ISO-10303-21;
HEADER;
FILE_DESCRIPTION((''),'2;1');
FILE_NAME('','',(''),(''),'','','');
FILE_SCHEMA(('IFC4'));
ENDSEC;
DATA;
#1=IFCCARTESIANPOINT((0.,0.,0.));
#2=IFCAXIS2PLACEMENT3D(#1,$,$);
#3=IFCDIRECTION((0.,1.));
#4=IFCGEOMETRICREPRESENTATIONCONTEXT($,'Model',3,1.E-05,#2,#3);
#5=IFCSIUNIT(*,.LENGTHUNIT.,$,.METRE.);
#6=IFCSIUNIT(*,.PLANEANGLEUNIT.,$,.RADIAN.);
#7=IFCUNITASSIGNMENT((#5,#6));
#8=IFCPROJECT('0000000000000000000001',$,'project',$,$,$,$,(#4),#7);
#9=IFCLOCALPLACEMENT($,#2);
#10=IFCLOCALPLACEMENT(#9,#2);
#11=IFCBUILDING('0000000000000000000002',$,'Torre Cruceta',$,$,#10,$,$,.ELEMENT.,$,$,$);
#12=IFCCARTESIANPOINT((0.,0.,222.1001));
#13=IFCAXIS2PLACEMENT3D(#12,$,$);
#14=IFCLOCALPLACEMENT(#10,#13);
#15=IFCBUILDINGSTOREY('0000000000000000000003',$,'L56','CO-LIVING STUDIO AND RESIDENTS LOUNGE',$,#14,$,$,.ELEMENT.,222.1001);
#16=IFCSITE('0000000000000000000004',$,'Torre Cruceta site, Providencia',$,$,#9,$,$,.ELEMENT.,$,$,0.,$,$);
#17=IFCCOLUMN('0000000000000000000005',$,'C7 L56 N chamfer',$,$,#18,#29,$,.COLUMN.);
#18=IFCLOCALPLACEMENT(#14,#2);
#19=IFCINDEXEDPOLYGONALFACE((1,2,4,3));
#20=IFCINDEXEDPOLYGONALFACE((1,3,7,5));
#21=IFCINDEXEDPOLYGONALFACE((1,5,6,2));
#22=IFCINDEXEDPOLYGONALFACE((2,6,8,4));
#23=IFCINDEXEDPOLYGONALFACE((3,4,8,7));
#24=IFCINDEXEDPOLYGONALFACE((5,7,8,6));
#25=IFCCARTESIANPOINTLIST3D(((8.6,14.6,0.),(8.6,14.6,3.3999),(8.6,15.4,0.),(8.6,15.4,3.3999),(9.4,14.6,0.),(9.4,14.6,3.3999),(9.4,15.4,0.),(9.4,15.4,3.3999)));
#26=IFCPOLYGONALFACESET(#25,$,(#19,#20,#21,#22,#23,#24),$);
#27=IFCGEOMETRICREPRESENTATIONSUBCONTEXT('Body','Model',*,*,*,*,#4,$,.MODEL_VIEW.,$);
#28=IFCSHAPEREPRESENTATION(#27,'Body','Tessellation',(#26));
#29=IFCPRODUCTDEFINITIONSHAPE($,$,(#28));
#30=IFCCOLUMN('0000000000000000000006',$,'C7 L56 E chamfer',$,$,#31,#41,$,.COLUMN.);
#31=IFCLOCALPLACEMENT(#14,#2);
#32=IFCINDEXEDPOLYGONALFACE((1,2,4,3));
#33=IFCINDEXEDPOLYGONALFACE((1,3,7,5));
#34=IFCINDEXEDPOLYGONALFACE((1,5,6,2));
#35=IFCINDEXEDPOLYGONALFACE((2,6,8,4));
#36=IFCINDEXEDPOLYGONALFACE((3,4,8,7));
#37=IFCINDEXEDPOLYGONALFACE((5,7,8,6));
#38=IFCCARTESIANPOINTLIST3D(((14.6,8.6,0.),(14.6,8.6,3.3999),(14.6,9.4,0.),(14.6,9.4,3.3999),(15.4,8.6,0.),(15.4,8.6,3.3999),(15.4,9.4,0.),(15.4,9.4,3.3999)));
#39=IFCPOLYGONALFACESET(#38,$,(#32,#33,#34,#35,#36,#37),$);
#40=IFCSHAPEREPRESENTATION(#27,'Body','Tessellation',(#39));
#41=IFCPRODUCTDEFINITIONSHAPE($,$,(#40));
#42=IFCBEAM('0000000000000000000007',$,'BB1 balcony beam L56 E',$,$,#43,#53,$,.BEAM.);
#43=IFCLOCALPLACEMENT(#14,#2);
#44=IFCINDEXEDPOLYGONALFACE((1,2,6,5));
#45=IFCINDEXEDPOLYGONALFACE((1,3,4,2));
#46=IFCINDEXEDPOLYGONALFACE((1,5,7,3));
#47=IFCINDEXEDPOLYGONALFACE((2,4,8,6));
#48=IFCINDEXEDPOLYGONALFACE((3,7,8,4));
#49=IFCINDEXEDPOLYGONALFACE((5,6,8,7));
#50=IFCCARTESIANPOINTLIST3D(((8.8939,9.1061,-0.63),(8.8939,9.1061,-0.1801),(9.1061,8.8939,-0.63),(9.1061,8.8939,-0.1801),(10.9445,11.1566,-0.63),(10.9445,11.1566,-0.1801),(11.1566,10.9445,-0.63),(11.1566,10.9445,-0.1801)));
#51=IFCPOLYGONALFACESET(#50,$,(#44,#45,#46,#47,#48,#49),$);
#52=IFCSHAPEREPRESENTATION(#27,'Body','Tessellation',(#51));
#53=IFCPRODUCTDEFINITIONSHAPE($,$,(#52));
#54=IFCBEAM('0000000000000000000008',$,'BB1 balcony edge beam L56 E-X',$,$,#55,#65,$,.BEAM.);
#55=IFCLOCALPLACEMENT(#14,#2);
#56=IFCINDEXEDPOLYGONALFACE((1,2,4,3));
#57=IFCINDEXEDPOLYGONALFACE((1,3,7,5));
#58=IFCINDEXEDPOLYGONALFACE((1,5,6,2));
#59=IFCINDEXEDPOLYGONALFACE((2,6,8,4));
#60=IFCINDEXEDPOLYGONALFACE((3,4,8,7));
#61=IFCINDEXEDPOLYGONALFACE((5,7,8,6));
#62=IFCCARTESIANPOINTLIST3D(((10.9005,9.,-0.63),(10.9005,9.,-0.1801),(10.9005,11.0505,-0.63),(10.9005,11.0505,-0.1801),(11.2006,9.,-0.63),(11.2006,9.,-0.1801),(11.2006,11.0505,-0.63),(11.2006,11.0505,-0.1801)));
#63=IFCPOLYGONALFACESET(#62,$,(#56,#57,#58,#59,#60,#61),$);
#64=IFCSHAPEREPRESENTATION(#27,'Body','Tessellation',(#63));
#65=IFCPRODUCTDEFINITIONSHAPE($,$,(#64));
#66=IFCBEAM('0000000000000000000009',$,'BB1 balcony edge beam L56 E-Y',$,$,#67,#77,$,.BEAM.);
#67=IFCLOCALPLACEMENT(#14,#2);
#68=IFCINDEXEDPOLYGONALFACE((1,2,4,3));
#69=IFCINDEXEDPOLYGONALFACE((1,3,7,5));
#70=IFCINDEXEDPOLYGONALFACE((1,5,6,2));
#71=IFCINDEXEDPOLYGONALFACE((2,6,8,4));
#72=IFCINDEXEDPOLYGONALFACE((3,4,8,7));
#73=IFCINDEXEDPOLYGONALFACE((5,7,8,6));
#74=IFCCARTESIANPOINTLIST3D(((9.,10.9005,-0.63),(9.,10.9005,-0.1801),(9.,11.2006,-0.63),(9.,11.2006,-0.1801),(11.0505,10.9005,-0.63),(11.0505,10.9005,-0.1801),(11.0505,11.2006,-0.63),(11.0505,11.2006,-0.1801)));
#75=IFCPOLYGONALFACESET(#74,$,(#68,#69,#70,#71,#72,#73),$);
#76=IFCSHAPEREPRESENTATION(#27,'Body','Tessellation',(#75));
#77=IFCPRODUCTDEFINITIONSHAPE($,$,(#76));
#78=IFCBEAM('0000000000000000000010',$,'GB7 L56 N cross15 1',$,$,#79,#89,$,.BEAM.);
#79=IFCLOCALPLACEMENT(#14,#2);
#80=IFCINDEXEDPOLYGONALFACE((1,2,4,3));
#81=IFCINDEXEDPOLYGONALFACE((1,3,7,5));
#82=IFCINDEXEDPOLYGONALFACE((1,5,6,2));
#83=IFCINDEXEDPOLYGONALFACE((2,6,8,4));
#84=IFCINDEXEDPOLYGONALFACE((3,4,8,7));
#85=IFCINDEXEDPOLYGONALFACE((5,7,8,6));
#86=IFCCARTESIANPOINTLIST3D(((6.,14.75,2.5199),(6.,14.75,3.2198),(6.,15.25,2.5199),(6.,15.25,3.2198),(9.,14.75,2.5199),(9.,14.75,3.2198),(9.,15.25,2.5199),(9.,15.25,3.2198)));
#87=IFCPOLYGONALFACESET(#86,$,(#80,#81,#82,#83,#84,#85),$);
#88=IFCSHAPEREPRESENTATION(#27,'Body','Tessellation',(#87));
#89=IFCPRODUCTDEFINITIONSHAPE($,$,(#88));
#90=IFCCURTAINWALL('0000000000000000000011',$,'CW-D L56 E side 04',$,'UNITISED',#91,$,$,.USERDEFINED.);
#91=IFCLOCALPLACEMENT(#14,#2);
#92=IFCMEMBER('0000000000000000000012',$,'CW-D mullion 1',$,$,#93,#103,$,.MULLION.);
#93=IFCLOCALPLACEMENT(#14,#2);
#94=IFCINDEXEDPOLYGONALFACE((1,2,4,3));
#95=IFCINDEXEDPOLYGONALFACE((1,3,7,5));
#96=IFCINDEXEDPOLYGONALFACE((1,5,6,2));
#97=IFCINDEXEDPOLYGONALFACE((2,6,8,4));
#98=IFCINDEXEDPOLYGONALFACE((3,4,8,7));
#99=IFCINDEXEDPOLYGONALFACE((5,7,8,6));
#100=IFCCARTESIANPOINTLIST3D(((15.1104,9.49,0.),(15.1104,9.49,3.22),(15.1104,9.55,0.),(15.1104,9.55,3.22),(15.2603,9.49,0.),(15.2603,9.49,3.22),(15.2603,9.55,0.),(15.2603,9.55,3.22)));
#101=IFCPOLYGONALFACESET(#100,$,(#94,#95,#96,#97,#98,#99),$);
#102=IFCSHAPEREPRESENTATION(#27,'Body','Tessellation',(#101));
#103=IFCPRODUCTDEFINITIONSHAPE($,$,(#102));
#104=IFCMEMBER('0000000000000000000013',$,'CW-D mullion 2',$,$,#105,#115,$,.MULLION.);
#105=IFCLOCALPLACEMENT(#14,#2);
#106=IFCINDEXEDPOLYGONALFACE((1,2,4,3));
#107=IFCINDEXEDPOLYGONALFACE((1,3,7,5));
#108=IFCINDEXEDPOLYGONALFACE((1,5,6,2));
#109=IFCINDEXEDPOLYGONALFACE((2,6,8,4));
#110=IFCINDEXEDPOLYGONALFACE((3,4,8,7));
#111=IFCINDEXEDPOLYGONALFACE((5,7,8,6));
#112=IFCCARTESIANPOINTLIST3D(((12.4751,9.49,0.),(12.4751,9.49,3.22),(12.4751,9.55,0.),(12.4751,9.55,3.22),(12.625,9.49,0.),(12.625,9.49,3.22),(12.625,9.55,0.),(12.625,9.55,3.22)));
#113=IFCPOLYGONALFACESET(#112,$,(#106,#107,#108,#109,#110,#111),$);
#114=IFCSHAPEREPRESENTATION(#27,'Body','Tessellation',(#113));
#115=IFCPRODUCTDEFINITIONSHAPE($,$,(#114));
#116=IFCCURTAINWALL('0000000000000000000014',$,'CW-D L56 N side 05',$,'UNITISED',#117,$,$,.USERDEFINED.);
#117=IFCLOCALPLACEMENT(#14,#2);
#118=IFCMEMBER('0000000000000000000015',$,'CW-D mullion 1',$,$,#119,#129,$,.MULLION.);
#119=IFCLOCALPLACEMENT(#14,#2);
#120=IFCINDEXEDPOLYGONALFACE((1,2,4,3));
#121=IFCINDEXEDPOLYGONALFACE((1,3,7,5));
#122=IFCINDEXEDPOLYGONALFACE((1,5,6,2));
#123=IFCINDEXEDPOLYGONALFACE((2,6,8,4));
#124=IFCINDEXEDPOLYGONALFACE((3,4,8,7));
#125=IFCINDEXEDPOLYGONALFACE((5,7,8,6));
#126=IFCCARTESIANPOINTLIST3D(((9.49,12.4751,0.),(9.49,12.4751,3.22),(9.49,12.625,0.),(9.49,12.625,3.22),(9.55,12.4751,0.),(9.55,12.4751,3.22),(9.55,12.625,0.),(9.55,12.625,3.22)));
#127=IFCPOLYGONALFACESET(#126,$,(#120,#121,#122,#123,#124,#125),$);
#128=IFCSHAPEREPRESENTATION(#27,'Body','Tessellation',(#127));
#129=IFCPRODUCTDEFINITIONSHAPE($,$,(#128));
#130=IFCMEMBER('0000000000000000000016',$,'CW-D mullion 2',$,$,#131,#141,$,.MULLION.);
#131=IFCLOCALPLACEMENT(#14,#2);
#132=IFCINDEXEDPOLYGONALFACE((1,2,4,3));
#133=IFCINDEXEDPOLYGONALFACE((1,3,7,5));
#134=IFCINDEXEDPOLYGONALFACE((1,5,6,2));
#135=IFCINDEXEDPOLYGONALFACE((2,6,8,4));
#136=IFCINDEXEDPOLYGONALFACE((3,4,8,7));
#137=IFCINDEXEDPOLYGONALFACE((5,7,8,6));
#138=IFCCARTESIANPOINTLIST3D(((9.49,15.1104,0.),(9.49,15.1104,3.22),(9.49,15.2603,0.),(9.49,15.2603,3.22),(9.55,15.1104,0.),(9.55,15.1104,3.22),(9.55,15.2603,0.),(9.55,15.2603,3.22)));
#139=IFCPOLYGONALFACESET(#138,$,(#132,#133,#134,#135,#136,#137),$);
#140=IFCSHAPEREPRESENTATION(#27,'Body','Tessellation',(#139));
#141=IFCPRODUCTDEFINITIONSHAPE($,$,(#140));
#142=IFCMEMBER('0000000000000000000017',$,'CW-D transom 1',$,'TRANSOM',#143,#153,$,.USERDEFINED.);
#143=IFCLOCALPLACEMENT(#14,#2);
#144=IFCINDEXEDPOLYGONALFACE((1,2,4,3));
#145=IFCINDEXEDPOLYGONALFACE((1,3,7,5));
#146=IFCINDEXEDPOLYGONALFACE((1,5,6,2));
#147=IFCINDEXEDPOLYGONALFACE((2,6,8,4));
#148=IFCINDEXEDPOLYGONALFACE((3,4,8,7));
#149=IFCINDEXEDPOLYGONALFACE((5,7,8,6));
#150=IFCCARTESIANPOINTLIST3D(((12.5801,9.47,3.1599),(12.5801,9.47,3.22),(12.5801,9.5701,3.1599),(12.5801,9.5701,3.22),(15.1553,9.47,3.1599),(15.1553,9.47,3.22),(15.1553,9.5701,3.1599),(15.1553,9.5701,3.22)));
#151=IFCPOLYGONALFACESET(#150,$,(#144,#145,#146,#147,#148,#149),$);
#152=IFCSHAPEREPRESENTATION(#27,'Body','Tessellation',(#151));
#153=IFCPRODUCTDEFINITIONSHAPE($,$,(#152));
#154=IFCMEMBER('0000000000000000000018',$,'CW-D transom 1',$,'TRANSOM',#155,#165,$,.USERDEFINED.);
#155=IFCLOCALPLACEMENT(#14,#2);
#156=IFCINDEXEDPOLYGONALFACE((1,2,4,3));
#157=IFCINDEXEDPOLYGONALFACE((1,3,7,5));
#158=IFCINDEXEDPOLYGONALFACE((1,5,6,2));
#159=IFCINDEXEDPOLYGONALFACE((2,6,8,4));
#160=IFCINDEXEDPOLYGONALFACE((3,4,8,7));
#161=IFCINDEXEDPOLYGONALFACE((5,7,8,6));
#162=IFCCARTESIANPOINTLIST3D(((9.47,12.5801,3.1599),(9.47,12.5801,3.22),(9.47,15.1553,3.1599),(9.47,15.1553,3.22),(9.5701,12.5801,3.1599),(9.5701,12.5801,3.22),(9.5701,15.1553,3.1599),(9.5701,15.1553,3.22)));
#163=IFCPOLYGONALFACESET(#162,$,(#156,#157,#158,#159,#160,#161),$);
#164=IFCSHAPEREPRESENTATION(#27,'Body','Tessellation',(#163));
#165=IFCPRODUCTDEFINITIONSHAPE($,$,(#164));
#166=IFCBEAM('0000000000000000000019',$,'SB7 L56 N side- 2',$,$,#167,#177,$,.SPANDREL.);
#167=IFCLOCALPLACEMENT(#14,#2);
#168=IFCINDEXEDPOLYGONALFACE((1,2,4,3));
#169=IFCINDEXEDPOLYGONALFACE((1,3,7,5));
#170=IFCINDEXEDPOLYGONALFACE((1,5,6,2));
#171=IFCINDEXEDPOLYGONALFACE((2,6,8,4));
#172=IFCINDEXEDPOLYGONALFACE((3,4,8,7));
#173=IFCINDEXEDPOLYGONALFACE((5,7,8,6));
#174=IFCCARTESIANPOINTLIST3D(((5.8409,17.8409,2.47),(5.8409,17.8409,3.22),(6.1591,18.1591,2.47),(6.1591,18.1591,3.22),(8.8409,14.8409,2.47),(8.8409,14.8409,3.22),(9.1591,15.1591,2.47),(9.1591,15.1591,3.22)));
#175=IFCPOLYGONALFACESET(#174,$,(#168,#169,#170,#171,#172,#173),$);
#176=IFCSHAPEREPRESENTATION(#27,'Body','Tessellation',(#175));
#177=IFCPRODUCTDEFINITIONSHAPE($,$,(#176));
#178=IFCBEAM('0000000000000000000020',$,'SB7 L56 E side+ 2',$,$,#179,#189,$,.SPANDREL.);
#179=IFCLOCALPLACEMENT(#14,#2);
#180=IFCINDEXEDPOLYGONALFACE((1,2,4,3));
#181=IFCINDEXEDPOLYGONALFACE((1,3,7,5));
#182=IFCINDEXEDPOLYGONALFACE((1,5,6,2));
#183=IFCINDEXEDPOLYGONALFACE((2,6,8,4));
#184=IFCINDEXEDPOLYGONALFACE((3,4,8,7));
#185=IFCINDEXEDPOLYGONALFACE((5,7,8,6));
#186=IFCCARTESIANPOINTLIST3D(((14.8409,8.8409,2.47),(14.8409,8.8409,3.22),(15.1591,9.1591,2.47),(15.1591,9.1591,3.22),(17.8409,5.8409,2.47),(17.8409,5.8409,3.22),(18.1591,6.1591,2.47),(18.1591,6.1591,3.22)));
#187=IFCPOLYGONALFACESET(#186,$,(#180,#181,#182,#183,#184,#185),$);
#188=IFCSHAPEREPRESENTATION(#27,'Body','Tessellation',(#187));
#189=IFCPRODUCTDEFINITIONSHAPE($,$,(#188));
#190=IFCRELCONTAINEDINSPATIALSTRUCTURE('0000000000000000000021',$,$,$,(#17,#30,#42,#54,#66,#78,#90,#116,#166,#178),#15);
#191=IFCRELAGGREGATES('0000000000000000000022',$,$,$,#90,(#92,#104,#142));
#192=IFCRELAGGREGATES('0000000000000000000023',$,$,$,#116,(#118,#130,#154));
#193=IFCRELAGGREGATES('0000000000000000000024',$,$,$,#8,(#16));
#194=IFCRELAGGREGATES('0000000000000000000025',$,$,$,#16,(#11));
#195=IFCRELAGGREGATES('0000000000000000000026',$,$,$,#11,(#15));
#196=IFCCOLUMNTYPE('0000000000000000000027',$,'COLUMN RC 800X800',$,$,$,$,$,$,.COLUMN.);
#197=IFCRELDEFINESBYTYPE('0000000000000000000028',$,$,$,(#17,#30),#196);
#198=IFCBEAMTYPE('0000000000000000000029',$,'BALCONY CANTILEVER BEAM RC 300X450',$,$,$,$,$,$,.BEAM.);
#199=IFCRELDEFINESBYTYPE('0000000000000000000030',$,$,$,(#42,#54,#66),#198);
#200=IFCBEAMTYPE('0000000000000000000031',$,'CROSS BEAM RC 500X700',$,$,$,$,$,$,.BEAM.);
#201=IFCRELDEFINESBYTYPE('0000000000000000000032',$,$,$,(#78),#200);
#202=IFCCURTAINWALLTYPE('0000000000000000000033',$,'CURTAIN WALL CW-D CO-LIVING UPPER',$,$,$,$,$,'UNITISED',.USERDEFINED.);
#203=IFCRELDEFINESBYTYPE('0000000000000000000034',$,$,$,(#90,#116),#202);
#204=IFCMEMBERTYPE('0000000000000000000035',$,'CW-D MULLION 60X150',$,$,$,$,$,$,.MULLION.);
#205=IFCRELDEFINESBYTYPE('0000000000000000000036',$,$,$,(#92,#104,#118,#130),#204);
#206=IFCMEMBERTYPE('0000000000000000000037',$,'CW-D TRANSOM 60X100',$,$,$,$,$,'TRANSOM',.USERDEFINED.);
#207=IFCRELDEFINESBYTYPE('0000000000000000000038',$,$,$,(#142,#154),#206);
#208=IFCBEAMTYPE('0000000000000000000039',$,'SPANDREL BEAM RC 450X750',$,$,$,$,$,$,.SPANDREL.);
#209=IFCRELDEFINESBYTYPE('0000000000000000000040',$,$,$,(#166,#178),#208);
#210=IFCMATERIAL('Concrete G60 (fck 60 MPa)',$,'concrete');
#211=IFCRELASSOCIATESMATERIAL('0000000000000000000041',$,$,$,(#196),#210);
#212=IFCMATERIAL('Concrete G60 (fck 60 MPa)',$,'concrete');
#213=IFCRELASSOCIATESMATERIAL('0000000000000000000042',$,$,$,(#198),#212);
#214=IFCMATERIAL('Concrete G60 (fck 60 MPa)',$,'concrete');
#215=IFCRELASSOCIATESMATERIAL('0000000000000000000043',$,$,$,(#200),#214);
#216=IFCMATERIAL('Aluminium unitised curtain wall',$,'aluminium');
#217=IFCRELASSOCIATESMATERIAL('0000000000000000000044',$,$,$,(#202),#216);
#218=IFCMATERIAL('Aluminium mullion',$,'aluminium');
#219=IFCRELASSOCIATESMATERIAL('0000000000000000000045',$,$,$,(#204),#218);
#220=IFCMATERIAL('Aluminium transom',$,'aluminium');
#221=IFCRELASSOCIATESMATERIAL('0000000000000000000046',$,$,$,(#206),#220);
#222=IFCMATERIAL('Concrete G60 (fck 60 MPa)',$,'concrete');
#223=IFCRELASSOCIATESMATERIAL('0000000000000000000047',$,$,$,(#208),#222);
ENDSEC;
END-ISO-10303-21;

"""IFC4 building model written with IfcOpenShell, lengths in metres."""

from ifc_helpers import new_model, si_unit, direction, frame, origin, origin_2d, place, context, subcontext, project, spatial, rectangle, extrude, material, material_profile, profile_set, type_object, element, aggregate, save


model = new_model("IFC4")

# Units and contexts
model_context = context("Model", 3, precision=1e-05, world=origin(), true_north=direction((0.0, 1.0)))
body_context = subcontext(model_context, "Body", "Model", "MODEL_VIEW")
ifc_project = project(units=[si_unit("LENGTHUNIT", "METRE"), si_unit("PLANEANGLEUNIT", "RADIAN")], contexts=[model_context])

# Site, building, storey
site_placement = place(None, origin())
site = spatial("IfcSite", under=ifc_project, at=site_placement, Name="Torre Cruceta site, Providencia", CompositionType="ELEMENT", RefElevation=0.0)
building_placement = place(site_placement, origin())
building = spatial("IfcBuilding", under=site, at=building_placement, Name="Torre Cruceta", CompositionType="ELEMENT")
storey_placement = place(building_placement, frame((0.0, 0.0, 222.1001)))
storey = spatial("IfcBuildingStorey", under=building, at=storey_placement, Name="L56", Description="CO-LIVING STUDIO AND RESIDENTS LOUNGE", CompositionType="ELEMENT", Elevation=222.1001)

# Columns
ifc_material_1 = material(Name="Concrete G60 (fck 60 MPa)", Category="concrete")
ifc_material_profile_1 = material_profile(ifc_material_1, rectangle(XDim=0.8, YDim=0.8, at=origin_2d()), Name="RC 800X800")
ifc_profile_set_1 = profile_set([ifc_material_profile_1], Name="Concrete G60 (fck 60 MPa)")
column_type = type_object("IfcColumnType", Name="COLUMN RC 800X800", PredefinedType="COLUMN", material=ifc_profile_set_1)
for number, where, z_axis, x_axis, name in (
    (1, (9.0, 15.0, 0.0), (0.0, 0.0, 1.0), (1.0, 0.0, 0.0), "C7 L56 N chamfer"),
    (2, (15.0, 9.0, 0.0), (0.0, 0.0, 1.0), (1.0, 0.0, 0.0), "C7 L56 E chamfer"),
):
    element("IfcColumn", number, at=place(storey_placement, frame(where, z_axis=z_axis, x_axis=x_axis)), inside=storey, type_object=column_type, Name=name, PredefinedType="COLUMN", context=body_context, shape_type="SweptSolid", body=[
        extrude(rectangle(XDim=0.8, YDim=0.8, at=origin_2d()), origin(), (0.0, 0.0, 1.0), 3.3999),
    ])

# Beams
ifc_material_2 = material(Name="Concrete G60 (fck 60 MPa)", Category="concrete")
ifc_material_profile_2 = material_profile(ifc_material_2, rectangle(XDim=0.3, YDim=0.45, at=origin_2d()), Name="RC 300X450")
ifc_profile_set_2 = profile_set([ifc_material_profile_2], Name="Concrete G60 (fck 60 MPa)")
beam_type_1 = type_object("IfcBeamType", Name="BALCONY CANTILEVER BEAM RC 300X450", PredefinedType="BEAM", material=ifc_profile_set_2)
beam_1_placement = place(storey_placement, frame((9.0, 9.0, -0.405), z_axis=(0.707107, 0.707107, 0.0), x_axis=(-0.707107, 0.707107, 0.0)))
element("IfcBeam", 3, at=beam_1_placement, inside=storey, type_object=beam_type_1, Name="BB1 balcony beam L56 E", PredefinedType="BEAM", context=body_context, shape_type="SweptSolid", body=[
    extrude(rectangle(XDim=0.3, YDim=0.45, at=origin_2d()), origin(), (0.0, 0.0, 1.0), 2.8999),
])
for number, where, z_axis, x_axis, name in (
    (4, (11.0505, 9.0, -0.405), (0.0, 1.0, 0.0), (-1.0, 0.0, 0.0), "BB1 balcony edge beam L56 E-X"),
    (5, (9.0, 11.0505, -0.405), (1.0, 0.0, 0.0), (0.0, 1.0, 0.0), "BB1 balcony edge beam L56 E-Y"),
):
    element("IfcBeam", number, at=place(storey_placement, frame(where, z_axis=z_axis, x_axis=x_axis)), inside=storey, type_object=beam_type_1, Name=name, PredefinedType="BEAM", context=body_context, shape_type="SweptSolid", body=[
        extrude(rectangle(XDim=0.3, YDim=0.45, at=origin_2d()), origin(), (0.0, 0.0, 1.0), 2.0505),
    ])
ifc_material_3 = material(Name="Concrete G60 (fck 60 MPa)", Category="concrete")
ifc_material_profile_3 = material_profile(ifc_material_3, rectangle(XDim=0.5, YDim=0.7, at=origin_2d()), Name="RC 500X700")
ifc_profile_set_3 = profile_set([ifc_material_profile_3], Name="Concrete G60 (fck 60 MPa)")
beam_type_2 = type_object("IfcBeamType", Name="CROSS BEAM RC 500X700", PredefinedType="BEAM", material=ifc_profile_set_3)
beam_2_placement = place(storey_placement, frame((9.0, 15.0, 2.8699), z_axis=(-1.0, 0.0, 0.0), x_axis=(0.0, -1.0, 0.0)))
element("IfcBeam", 6, at=beam_2_placement, inside=storey, type_object=beam_type_2, Name="GB7 L56 N cross15 1", PredefinedType="BEAM", context=body_context, shape_type="SweptSolid", body=[
    extrude(rectangle(XDim=0.5, YDim=0.7, at=origin_2d()), origin(), (0.0, 0.0, 1.0), 3.0),
])

# Curtain walls, members
ifc_material_4 = material(Name="Aluminium unitised curtain wall", Category="aluminium")
curtain_wall_type = type_object("IfcCurtainWallType", Name="CURTAIN WALL CW-D CO-LIVING UPPER", ElementType="UNITISED", PredefinedType="USERDEFINED", material=ifc_material_4)
curtain_wall_1_placement = place(storey_placement, origin())
curtain_wall_1 = element("IfcCurtainWall", 7, at=curtain_wall_1_placement, inside=storey, type_object=curtain_wall_type, Name="CW-D L56 E side 04", ObjectType="UNITISED", PredefinedType="USERDEFINED")
ifc_material_5 = material(Name="Aluminium mullion", Category="aluminium")
ifc_material_profile_4 = material_profile(ifc_material_5, rectangle(XDim=0.0601, YDim=0.1499, at=origin_2d()), Name="AL 60X150")
ifc_profile_set_4 = profile_set([ifc_material_profile_4], Name="Aluminium mullion")
member_type_1 = type_object("IfcMemberType", Name="CW-D MULLION 60X150", PredefinedType="MULLION", material=ifc_profile_set_4)
member_1_placement = place(storey_placement, frame((15.1853, 9.52, 0.0), z_axis=(0.0, 0.0, 1.0), x_axis=(0.0, -1.0, 0.0)))
member_1 = element("IfcMember", 8, at=member_1_placement, type_object=member_type_1, Name="CW-D mullion 1", PredefinedType="MULLION", context=body_context, shape_type="SweptSolid", body=[
    extrude(rectangle(XDim=0.0601, YDim=0.1499, at=origin_2d()), origin(), (0.0, 0.0, 1.0), 3.22),
])
member_2_placement = place(storey_placement, frame((12.55, 9.52, 0.0), z_axis=(0.0, 0.0, 1.0), x_axis=(0.0, -1.0, 0.0)))
member_2 = element("IfcMember", 9, at=member_2_placement, type_object=member_type_1, Name="CW-D mullion 2", PredefinedType="MULLION", context=body_context, shape_type="SweptSolid", body=[
    extrude(rectangle(XDim=0.0601, YDim=0.1499, at=origin_2d()), origin(), (0.0, 0.0, 1.0), 3.22),
])
curtain_wall_2_placement = place(storey_placement, origin())
curtain_wall_2 = element("IfcCurtainWall", 10, at=curtain_wall_2_placement, inside=storey, type_object=curtain_wall_type, Name="CW-D L56 N side 05", ObjectType="UNITISED", PredefinedType="USERDEFINED")
member_3_placement = place(storey_placement, frame((9.52, 12.55, 0.0), z_axis=(0.0, 0.0, 1.0), x_axis=(-1.0, 0.0, 0.0)))
member_3 = element("IfcMember", 11, at=member_3_placement, type_object=member_type_1, Name="CW-D mullion 1", PredefinedType="MULLION", context=body_context, shape_type="SweptSolid", body=[
    extrude(rectangle(XDim=0.0601, YDim=0.1499, at=origin_2d()), origin(), (0.0, 0.0, 1.0), 3.22),
])
member_4_placement = place(storey_placement, frame((9.52, 15.1853, 0.0), z_axis=(0.0, 0.0, 1.0), x_axis=(-1.0, 0.0, 0.0)))
member_4 = element("IfcMember", 12, at=member_4_placement, type_object=member_type_1, Name="CW-D mullion 2", PredefinedType="MULLION", context=body_context, shape_type="SweptSolid", body=[
    extrude(rectangle(XDim=0.0601, YDim=0.1499, at=origin_2d()), origin(), (0.0, 0.0, 1.0), 3.22),
])

# Members
ifc_material_6 = material(Name="Aluminium transom", Category="aluminium")
ifc_material_profile_5 = material_profile(ifc_material_6, rectangle(XDim=0.1001, YDim=0.0601, at=origin_2d()), Name="AL 100X60")
ifc_profile_set_5 = profile_set([ifc_material_profile_5], Name="Aluminium transom")
member_type_2 = type_object("IfcMemberType", Name="CW-D TRANSOM 60X100", ElementType="TRANSOM", PredefinedType="USERDEFINED", material=ifc_profile_set_5)
member_5_placement = place(storey_placement, frame((15.1553, 9.52, 3.1899), z_axis=(-1.0, 0.0, 0.0), x_axis=(0.0, -1.0, 0.0)))
member_5 = element("IfcMember", 13, at=member_5_placement, type_object=member_type_2, Name="CW-D transom 1", ObjectType="TRANSOM", PredefinedType="USERDEFINED", context=body_context, shape_type="SweptSolid", body=[
    extrude(rectangle(XDim=0.1001, YDim=0.0601, at=origin_2d()), origin(), (0.0, 0.0, 1.0), 2.5752),
])
member_6_placement = place(storey_placement, frame((9.52, 12.5801, 3.1899), z_axis=(0.0, 1.0, 0.0), x_axis=(-1.0, 0.0, 0.0)))
member_6 = element("IfcMember", 14, at=member_6_placement, type_object=member_type_2, Name="CW-D transom 1", ObjectType="TRANSOM", PredefinedType="USERDEFINED", context=body_context, shape_type="SweptSolid", body=[
    extrude(rectangle(XDim=0.1001, YDim=0.0601, at=origin_2d()), origin(), (0.0, 0.0, 1.0), 2.5752),
])

# Beams
ifc_material_7 = material(Name="Concrete G60 (fck 60 MPa)", Category="concrete")
ifc_material_profile_6 = material_profile(ifc_material_7, rectangle(XDim=0.45, YDim=0.75, at=origin_2d()), Name="RC 450X750")
ifc_profile_set_6 = profile_set([ifc_material_profile_6], Name="Concrete G60 (fck 60 MPa)")
beam_type_3 = type_object("IfcBeamType", Name="SPANDREL BEAM RC 450X750", PredefinedType="SPANDREL", material=ifc_profile_set_6)
for number, where, z_axis, x_axis, name in (
    (15, (9.0, 15.0, 2.845), (-0.707107, 0.707107, 0.0), (-0.707107, -0.707107, 0.0), "SB7 L56 N side- 2"),
    (16, (15.0, 9.0, 2.845), (0.707107, -0.707107, 0.0), (0.707107, 0.707107, 0.0), "SB7 L56 E side+ 2"),
):
    element("IfcBeam", number, at=place(storey_placement, frame(where, z_axis=z_axis, x_axis=x_axis)), inside=storey, type_object=beam_type_3, Name=name, PredefinedType="SPANDREL", context=body_context, shape_type="SweptSolid", body=[
        extrude(rectangle(XDim=0.45, YDim=0.75, at=origin_2d()), origin(), (0.0, 0.0, 1.0), 4.2427),
    ])

aggregate(curtain_wall_1, [member_1, member_2, member_5])
aggregate(curtain_wall_2, [member_3, member_4, member_6])

save(model, "model.ifc")
